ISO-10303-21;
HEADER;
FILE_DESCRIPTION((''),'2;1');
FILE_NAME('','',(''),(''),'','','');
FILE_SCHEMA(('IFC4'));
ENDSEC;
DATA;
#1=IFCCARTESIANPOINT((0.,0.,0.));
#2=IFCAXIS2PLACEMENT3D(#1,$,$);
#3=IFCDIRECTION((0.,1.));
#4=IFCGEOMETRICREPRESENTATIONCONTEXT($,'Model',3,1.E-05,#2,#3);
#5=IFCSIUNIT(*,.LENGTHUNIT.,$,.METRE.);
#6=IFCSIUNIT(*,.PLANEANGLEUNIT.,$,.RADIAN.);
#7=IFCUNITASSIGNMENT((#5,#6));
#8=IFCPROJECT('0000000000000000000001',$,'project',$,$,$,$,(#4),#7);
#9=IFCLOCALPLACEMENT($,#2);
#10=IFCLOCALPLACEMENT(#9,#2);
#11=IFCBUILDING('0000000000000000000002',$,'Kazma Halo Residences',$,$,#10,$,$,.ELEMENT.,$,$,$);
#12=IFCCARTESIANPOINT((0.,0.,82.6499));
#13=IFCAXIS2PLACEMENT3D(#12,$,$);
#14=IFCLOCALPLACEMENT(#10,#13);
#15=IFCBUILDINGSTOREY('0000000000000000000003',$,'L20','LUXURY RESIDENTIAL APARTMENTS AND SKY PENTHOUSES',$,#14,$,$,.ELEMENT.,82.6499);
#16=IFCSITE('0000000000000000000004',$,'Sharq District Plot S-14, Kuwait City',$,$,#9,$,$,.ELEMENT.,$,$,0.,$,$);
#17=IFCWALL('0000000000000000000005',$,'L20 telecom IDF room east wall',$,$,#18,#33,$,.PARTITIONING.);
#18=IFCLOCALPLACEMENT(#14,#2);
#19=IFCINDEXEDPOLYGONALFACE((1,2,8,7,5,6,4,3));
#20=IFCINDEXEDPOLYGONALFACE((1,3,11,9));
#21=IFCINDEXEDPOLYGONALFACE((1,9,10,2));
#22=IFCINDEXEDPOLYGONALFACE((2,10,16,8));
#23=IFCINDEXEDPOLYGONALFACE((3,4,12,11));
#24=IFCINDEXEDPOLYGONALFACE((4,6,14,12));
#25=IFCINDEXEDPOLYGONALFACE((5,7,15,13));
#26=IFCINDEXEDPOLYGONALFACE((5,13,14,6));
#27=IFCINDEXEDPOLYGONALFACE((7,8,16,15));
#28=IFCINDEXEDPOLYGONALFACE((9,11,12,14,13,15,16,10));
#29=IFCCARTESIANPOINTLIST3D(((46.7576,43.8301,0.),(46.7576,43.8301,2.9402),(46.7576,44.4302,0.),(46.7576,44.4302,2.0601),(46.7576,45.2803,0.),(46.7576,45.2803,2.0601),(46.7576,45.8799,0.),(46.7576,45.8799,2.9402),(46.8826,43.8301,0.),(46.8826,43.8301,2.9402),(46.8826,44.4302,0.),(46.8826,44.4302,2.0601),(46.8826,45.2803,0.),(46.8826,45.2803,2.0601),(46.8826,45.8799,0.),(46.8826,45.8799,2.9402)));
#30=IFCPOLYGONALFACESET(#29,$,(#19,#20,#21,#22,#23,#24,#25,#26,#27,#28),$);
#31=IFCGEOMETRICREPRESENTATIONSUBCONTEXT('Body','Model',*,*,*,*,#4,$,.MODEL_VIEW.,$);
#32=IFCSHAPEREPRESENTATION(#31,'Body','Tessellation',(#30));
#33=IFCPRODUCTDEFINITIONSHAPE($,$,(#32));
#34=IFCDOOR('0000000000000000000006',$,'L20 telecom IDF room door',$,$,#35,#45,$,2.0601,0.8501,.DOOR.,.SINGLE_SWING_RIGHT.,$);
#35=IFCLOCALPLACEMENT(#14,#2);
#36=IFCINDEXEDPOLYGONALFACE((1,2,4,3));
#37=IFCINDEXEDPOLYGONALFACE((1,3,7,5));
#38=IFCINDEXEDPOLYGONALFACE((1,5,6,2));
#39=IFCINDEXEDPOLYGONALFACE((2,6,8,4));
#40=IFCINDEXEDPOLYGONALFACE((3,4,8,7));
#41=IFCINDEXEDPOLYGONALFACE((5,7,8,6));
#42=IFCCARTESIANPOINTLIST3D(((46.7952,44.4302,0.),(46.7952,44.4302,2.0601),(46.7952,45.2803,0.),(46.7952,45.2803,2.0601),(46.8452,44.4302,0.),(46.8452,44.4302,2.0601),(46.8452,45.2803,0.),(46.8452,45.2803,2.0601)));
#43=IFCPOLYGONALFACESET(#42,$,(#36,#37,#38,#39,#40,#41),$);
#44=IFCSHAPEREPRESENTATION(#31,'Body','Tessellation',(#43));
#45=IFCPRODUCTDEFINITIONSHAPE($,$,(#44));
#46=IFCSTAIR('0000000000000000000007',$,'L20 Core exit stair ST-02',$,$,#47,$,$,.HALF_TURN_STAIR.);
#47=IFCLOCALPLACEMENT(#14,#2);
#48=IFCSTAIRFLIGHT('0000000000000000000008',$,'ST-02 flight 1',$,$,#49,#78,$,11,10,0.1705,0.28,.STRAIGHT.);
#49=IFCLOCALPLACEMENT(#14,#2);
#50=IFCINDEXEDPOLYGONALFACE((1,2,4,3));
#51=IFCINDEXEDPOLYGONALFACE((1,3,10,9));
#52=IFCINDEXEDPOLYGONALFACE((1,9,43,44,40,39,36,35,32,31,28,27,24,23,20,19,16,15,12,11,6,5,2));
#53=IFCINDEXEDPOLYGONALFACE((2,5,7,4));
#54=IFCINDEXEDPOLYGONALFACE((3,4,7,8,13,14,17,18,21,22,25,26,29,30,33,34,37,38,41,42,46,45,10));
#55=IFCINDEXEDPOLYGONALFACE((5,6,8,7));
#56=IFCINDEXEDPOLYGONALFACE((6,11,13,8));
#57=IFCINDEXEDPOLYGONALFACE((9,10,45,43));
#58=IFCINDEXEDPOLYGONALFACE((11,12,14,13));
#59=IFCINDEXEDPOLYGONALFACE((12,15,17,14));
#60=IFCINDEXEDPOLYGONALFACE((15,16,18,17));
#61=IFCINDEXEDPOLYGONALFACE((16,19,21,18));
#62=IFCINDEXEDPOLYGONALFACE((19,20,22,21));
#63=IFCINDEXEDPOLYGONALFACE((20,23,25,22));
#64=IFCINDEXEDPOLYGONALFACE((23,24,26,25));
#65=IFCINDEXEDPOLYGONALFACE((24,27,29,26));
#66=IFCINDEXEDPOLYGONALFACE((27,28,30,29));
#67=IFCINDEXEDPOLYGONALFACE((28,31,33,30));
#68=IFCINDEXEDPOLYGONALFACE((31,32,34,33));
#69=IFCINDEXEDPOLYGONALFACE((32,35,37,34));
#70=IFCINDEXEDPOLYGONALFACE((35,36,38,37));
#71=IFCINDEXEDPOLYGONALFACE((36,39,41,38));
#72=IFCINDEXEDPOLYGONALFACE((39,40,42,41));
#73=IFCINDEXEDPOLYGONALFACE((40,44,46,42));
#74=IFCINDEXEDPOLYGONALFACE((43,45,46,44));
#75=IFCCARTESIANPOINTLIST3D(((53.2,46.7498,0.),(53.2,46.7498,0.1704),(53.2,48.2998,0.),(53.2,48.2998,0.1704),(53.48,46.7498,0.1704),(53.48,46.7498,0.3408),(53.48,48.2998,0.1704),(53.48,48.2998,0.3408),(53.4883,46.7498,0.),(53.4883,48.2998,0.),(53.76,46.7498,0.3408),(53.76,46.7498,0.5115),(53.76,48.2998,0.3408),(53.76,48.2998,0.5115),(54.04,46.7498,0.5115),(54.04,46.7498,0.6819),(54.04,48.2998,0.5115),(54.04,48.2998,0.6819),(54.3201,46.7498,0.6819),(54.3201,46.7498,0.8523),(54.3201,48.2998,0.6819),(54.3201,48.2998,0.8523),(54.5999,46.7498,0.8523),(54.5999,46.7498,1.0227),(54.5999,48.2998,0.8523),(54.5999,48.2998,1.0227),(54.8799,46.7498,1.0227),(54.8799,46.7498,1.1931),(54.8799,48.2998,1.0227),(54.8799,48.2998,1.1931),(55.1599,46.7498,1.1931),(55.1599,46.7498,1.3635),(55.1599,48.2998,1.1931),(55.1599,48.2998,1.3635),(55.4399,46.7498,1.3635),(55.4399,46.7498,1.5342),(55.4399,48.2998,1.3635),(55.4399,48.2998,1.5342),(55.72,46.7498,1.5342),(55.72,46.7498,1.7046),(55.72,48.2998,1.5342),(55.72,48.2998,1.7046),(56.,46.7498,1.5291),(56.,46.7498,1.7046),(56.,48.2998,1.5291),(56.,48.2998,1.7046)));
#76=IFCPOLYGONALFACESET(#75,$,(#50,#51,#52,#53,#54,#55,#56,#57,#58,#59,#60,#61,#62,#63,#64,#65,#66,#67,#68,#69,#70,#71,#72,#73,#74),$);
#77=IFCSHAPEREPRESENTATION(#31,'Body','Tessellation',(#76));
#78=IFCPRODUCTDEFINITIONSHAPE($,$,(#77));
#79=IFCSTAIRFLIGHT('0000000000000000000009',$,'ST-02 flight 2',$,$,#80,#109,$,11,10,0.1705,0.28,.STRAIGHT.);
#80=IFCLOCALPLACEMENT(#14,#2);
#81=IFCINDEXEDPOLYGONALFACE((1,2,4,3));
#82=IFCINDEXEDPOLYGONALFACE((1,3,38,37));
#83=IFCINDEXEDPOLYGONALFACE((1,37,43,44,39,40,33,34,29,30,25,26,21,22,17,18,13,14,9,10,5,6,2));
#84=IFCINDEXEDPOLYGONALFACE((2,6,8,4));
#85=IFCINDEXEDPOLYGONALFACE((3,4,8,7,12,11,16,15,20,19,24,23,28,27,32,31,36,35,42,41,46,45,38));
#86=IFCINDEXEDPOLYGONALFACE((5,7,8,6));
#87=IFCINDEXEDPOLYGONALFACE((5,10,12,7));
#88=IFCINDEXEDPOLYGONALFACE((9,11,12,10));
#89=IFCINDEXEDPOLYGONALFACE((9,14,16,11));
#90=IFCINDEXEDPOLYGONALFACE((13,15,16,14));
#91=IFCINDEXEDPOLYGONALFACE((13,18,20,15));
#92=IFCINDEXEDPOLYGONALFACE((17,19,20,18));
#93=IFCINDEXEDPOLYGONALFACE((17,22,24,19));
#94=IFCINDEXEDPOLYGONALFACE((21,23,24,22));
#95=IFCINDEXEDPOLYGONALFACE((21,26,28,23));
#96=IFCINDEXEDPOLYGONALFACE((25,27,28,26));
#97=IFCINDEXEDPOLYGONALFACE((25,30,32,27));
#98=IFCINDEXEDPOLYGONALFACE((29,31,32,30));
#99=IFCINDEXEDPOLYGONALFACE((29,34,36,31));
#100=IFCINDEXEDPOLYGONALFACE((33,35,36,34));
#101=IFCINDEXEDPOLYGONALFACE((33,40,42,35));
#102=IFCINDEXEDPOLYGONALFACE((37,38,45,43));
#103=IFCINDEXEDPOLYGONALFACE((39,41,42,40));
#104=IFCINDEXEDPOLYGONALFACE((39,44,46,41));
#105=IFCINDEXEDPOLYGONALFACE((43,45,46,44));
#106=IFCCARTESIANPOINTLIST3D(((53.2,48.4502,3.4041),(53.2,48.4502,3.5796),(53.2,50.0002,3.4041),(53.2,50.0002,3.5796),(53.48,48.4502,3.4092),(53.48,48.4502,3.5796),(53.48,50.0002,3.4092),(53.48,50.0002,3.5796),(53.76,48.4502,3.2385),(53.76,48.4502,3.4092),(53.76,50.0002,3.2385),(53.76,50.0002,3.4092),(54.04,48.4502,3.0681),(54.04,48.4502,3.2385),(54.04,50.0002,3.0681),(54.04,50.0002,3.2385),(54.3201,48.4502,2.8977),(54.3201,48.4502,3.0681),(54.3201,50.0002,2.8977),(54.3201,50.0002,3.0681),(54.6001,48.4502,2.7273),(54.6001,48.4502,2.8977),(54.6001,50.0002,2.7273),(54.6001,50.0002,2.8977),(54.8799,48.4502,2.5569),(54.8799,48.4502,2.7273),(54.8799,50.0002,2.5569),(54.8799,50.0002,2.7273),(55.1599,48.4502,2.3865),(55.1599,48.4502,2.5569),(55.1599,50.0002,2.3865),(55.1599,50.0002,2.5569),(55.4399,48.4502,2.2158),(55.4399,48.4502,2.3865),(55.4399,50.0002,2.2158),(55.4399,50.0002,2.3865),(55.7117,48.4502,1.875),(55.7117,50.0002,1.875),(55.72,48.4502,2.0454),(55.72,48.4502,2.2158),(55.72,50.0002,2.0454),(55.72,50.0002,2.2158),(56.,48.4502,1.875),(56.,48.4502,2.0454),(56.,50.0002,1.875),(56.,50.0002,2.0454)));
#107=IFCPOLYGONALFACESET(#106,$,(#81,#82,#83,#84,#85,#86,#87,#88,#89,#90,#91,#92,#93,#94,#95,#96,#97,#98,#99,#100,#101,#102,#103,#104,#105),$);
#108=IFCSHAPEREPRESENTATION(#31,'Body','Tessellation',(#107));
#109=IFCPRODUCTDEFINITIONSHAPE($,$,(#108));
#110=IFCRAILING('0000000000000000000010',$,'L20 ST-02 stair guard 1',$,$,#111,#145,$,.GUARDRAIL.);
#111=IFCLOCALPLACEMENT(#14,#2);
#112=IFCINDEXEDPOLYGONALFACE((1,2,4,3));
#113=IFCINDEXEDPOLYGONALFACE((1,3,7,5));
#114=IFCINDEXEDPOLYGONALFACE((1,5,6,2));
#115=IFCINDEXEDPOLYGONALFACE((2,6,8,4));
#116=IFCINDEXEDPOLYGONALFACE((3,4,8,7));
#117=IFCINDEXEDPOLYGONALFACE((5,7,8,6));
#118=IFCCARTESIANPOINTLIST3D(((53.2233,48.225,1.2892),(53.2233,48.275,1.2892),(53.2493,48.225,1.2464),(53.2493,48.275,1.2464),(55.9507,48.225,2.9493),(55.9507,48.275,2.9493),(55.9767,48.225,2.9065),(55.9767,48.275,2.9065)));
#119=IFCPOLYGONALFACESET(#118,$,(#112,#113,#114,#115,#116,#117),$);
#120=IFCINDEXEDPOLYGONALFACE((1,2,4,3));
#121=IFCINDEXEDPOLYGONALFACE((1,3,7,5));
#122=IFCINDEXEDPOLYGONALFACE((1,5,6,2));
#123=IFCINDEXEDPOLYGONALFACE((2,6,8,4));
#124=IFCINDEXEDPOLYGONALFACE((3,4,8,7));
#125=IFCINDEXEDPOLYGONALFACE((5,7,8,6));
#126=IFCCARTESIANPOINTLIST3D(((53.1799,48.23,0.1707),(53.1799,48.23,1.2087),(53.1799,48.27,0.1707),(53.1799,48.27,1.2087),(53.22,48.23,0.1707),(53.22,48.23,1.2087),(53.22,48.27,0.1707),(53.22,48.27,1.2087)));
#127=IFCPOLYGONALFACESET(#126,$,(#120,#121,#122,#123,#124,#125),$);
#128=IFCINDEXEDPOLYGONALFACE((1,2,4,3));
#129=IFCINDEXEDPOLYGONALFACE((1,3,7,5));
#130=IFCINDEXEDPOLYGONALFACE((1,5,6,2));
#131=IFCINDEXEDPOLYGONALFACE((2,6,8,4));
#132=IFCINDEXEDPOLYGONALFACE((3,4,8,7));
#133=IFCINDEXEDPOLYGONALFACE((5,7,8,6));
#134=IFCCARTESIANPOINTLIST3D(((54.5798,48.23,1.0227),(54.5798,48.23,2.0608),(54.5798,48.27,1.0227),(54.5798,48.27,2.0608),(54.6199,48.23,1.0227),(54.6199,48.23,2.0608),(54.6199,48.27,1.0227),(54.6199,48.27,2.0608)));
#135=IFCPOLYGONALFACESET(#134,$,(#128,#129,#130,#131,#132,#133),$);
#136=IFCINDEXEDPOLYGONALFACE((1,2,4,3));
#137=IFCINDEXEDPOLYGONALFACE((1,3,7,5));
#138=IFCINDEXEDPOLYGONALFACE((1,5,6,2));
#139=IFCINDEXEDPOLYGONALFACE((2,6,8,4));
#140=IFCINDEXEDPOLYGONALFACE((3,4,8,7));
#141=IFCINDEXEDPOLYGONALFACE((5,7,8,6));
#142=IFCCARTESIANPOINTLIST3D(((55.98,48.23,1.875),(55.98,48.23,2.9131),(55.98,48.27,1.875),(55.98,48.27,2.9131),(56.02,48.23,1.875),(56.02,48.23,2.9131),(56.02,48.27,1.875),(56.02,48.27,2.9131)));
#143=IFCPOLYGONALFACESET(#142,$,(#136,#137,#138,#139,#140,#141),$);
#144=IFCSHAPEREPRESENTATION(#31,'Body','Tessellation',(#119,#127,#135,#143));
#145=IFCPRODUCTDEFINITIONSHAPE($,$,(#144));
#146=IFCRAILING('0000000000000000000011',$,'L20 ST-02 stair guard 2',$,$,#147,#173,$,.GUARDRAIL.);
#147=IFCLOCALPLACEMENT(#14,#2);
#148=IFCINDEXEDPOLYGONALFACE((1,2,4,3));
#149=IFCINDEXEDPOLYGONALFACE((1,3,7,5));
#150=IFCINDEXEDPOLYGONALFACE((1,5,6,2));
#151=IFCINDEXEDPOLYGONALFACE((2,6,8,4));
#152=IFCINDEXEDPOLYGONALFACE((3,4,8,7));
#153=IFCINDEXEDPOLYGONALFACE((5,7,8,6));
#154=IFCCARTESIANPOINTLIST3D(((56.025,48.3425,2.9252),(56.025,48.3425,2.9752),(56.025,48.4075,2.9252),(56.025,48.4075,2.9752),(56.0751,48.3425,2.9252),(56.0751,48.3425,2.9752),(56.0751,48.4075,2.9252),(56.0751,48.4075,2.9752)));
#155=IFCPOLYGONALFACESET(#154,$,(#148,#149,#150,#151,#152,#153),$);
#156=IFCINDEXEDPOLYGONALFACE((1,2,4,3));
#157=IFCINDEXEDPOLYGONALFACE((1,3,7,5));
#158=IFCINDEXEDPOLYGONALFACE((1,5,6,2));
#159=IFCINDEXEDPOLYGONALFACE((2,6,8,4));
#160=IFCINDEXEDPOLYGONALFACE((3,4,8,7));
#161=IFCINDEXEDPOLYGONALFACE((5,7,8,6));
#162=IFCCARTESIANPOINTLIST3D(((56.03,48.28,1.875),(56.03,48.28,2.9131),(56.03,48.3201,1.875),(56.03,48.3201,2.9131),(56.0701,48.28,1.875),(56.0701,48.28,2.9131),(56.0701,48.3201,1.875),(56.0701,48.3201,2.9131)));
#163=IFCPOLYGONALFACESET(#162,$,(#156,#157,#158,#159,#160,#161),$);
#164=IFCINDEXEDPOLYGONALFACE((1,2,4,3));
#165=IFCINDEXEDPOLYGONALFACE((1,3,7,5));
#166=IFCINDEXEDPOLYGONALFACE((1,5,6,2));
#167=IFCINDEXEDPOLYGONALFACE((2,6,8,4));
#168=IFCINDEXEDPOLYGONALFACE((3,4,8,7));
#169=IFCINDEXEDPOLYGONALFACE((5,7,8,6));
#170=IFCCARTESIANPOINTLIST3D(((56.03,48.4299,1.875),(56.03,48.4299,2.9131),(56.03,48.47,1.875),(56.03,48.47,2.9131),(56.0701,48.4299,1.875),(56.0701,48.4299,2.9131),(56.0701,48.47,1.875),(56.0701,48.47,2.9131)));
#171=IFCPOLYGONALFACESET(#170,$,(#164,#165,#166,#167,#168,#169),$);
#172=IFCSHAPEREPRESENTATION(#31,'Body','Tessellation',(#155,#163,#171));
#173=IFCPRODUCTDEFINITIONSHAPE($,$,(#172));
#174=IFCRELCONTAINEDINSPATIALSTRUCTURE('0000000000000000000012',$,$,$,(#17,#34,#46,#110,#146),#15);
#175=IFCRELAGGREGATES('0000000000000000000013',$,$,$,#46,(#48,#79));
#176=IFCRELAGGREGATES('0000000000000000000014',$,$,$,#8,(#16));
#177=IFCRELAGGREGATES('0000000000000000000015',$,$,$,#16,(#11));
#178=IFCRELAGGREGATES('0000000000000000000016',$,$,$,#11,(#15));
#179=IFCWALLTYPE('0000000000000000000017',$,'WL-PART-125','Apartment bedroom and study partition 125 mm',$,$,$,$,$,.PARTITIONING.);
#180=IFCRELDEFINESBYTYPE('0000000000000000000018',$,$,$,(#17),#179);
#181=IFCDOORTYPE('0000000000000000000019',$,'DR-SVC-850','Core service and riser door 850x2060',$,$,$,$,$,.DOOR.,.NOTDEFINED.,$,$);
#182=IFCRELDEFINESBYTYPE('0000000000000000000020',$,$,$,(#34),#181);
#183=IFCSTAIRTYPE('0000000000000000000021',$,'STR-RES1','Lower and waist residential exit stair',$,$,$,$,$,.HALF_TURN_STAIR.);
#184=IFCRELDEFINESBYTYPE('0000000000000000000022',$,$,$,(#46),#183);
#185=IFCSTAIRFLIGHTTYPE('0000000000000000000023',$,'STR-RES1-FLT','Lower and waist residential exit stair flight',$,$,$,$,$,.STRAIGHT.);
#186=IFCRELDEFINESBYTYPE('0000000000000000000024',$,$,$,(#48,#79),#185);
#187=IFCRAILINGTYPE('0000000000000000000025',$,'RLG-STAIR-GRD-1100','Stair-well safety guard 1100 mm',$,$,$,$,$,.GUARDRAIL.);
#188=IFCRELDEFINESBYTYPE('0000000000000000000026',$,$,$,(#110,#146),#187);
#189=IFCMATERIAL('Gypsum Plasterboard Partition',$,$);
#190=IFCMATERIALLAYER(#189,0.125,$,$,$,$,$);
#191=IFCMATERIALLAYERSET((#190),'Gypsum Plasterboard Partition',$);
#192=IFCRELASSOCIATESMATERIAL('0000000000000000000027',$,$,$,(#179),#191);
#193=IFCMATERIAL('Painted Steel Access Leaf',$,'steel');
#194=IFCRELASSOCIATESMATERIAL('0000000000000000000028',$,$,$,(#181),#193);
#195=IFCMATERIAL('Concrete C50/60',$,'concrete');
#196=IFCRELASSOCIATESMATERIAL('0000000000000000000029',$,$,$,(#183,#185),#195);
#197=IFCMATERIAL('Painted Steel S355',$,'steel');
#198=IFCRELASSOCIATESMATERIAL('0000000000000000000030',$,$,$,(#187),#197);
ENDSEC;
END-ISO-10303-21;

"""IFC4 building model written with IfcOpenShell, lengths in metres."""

from ifc_helpers import new_model, si_unit, direction, frame, frame_2d, origin, origin_2d, place, context, subcontext, project, spatial, polyline, rectangle, outline, extrude, material, layer, layer_set, type_object, element, fill, aggregate, save


model = new_model("IFC4")

# Units and contexts
model_context = context("Model", 3, precision=1e-05, world=origin(), true_north=direction((0.0, 1.0)))
body_context = subcontext(model_context, "Body", "Model", "MODEL_VIEW")
ifc_project = project(units=[si_unit("LENGTHUNIT", "METRE"), si_unit("PLANEANGLEUNIT", "RADIAN")], contexts=[model_context])

# Site, building, storey
site_placement = place(None, origin())
site = spatial("IfcSite", under=ifc_project, at=site_placement, Name="Sharq District Plot S-14, Kuwait City", CompositionType="ELEMENT", RefElevation=0.0)
building_placement = place(site_placement, origin())
building = spatial("IfcBuilding", under=site, at=building_placement, Name="Kazma Halo Residences", CompositionType="ELEMENT")
storey_placement = place(building_placement, frame((0.0, 0.0, 82.6499)))
storey = spatial("IfcBuildingStorey", under=building, at=storey_placement, Name="L20", Description="LUXURY RESIDENTIAL APARTMENTS AND SKY PENTHOUSES", CompositionType="ELEMENT", Elevation=82.6499)

# Wall, opening, door
ifc_material_1 = material(Name="Gypsum Plasterboard Partition")
ifc_layer_1 = layer(ifc_material_1, 0.125)
ifc_layer_set_1 = layer_set([ifc_layer_1], Name="Gypsum Plasterboard Partition")
wall_type_1 = type_object("IfcWallType", Name="WL-PART-125", Description="Apartment bedroom and study partition 125 mm", PredefinedType="PARTITIONING", material=ifc_layer_set_1)
wall_1_placement = place(storey_placement, frame((46.8201, 43.8301, 0.0), z_axis=(0.0, 0.0, 1.0), x_axis=(0.0, 1.0, 0.0)))
wall_1 = element("IfcWall", 1, at=wall_1_placement, inside=storey, type_object=wall_type_1, Name="L20 telecom IDF room east wall", PredefinedType="PARTITIONING", context=body_context, shape_type="SweptSolid", body=[
    extrude(rectangle(XDim=2.0498, YDim=0.125, at=frame_2d((1.0249, 0.0))), origin(), (0.0, 0.0, 1.0), 2.9402),
])
opening_1_placement = place(wall_1_placement, frame((0.6001, 0.0, 0.0)))
opening_1 = element("IfcOpeningElement", 2, at=opening_1_placement, cuts=wall_1, PredefinedType="OPENING", context=body_context, shape_type="SweptSolid", body=[
    extrude(rectangle(XDim=0.8501, YDim=2.0601, at=frame_2d((0.425, 1.03))), frame((0.0, 0.0725, 0.0), z_axis=(0.0, -1.0, 0.0), x_axis=(1.0, 0.0, 0.0)), (0.0, 0.0, 1.0), 0.145),
])
ifc_material_2 = material(Name="Painted Steel Access Leaf", Category="steel")
door_type_1 = type_object("IfcDoorType", Name="DR-SVC-850", Description="Core service and riser door 850x2060", OperationType="NOTDEFINED", PredefinedType="DOOR", material=ifc_material_2)
door_1_placement = place(opening_1_placement, origin())
door_1 = element("IfcDoor", 3, at=door_1_placement, inside=storey, type_object=door_type_1, Name="L20 telecom IDF room door", OperationType="SINGLE_SWING_RIGHT", OverallHeight=2.0601, OverallWidth=0.8501, PredefinedType="DOOR", context=body_context, shape_type="SweptSolid", body=[
    extrude(rectangle(XDim=0.8501, YDim=2.0601, at=frame_2d((0.425, 1.03))), frame((0.0, 0.0249, 0.0), z_axis=(0.0, -1.0, 0.0), x_axis=(1.0, 0.0, 0.0)), (0.0, 0.0, 1.0), 0.05),
])
fill(opening_1, door_1)
ifc_material_3 = material(Name="Concrete C50/60", Category="concrete")

# Stair, stair flights
stair_type = type_object("IfcStairType", Name="STR-RES1", Description="Lower and waist residential exit stair", PredefinedType="HALF_TURN_STAIR", material=ifc_material_3)
stair_placement = place(storey_placement, origin())
stair = element("IfcStair", 4, at=stair_placement, inside=storey, type_object=stair_type, Name="L20 Core exit stair ST-02", PredefinedType="HALF_TURN_STAIR")
stair_flight_type = type_object("IfcStairFlightType", Name="STR-RES1-FLT", Description="Lower and waist residential exit stair flight", PredefinedType="STRAIGHT", material=ifc_material_3)
stair_flight_1_placement = place(storey_placement, frame((53.2, 47.5249, 0.0), z_axis=(0.0, 0.0, 1.0), x_axis=(1.0, 0.0, 0.0)))
stair_flight_1 = element("IfcStairFlight", 5, at=stair_flight_1_placement, type_object=stair_flight_type, Name="ST-02 flight 1", NumberOfRisers=11, NumberOfTreads=10, PredefinedType="STRAIGHT", RiserHeight=0.1705, TreadLength=0.28, context=body_context, shape_type="SweptSolid", body=[
    extrude(outline(polyline([(0.0, 0.0), (0.0, 0.1704), (0.28, 0.1704), (0.28, 0.3408), (0.5601, 0.3408), (0.5601, 0.5115), (0.8401, 0.5115), (0.8401, 0.6819), (1.1201, 0.6819), (1.1201, 0.8523), (1.3999, 0.8523), (1.3999, 1.0227), (1.6799, 1.0227), (1.6799, 1.1931), (1.96, 1.1931), (1.96, 1.3635), (2.24, 1.3635), (2.24, 1.5342), (2.52, 1.5342), (2.52, 1.7046), (2.8, 1.7046), (2.8, 1.875), (2.8, 1.5291), (0.2883, 0.0), (0.0, 0.0)])), frame((0.0, 0.7749, 0.0), z_axis=(0.0, -1.0, 0.0), x_axis=(1.0, 0.0, 0.0)), (0.0, 0.0, 1.0), 1.55),
])
stair_flight_2_placement = place(storey_placement, frame((56.0, 49.2251, 1.875), z_axis=(0.0, 0.0, 1.0), x_axis=(-1.0, 0.0, 0.0)))
stair_flight_2 = element("IfcStairFlight", 6, at=stair_flight_2_placement, type_object=stair_flight_type, Name="ST-02 flight 2", NumberOfRisers=11, NumberOfTreads=10, PredefinedType="STRAIGHT", RiserHeight=0.1705, TreadLength=0.28, context=body_context, shape_type="SweptSolid", body=[
    extrude(outline(polyline([(0.0, 0.0), (0.0, 0.1704), (0.28, 0.1704), (0.28, 0.3408), (0.5601, 0.3408), (0.5601, 0.5115), (0.8401, 0.5115), (0.8401, 0.6819), (1.1201, 0.6819), (1.1201, 0.8523), (1.3999, 0.8523), (1.3999, 1.0227), (1.6799, 1.0227), (1.6799, 1.1931), (1.96, 1.1931), (1.96, 1.3635), (2.24, 1.3635), (2.24, 1.5342), (2.52, 1.5342), (2.52, 1.7046), (2.8, 1.7046), (2.8, 1.875), (2.8, 1.5291), (0.2883, 0.0), (0.0, 0.0)])), frame((0.0, 0.7749, 0.0), z_axis=(0.0, -1.0, 0.0), x_axis=(1.0, 0.0, 0.0)), (0.0, 0.0, 1.0), 1.55),
])
aggregate(stair, [stair_flight_1, stair_flight_2])

# Railings
ifc_material_4 = material(Name="Painted Steel S355", Category="steel")
railing_type_1 = type_object("IfcRailingType", Name="RLG-STAIR-GRD-1100", Description="Stair-well safety guard 1100 mm", PredefinedType="GUARDRAIL", material=ifc_material_4)
railing_1_placement = place(storey_placement, frame((53.2, 48.25, 0.1707)))
element("IfcRailing", 7, at=railing_1_placement, inside=storey, type_object=railing_type_1, Name="L20 ST-02 stair guard 1", PredefinedType="GUARDRAIL", context=body_context, shape_type="SweptSolid", body=[
    extrude(rectangle(XDim=0.05, YDim=0.05, at=origin_2d()), frame((0.0364, 0.0, 1.0972), z_axis=(0.854203, 0.0, 0.51994), x_axis=(0.0, 1.0, 0.0)), (0.0, 0.0, 1.0), 3.1929),
    extrude(rectangle(XDim=0.04, YDim=0.04, at=origin_2d()), origin(), (0.0, 0.0, 1.0), 1.0381),
    extrude(rectangle(XDim=0.04, YDim=0.04, at=origin_2d()), frame((1.3999, 0.0, 0.8521)), (0.0, 0.0, 1.0), 1.0381),
    extrude(rectangle(XDim=0.04, YDim=0.04, at=origin_2d()), frame((2.8, 0.0, 1.7043)), (0.0, 0.0, 1.0), 1.0381),
])
railing_2_placement = place(storey_placement, frame((56.05, 48.3, 1.875)))
element("IfcRailing", 8, at=railing_2_placement, inside=storey, type_object=railing_type_1, Name="L20 ST-02 stair guard 2", PredefinedType="GUARDRAIL", context=body_context, shape_type="SweptSolid", body=[
    extrude(rectangle(XDim=0.05, YDim=0.05, at=origin_2d()), frame((0.0, 0.0425, 1.0752), z_axis=(0.0, 1.0, 0.0), x_axis=(-1.0, 0.0, 0.0)), (0.0, 0.0, 1.0), 0.0649),
    extrude(rectangle(XDim=0.04, YDim=0.04, at=origin_2d()), origin(), (0.0, 0.0, 1.0), 1.0381),
    extrude(rectangle(XDim=0.04, YDim=0.04, at=origin_2d()), frame((0.0, 0.1499, 0.0)), (0.0, 0.0, 1.0), 1.0381),
])

save(model, "model.ifc")
